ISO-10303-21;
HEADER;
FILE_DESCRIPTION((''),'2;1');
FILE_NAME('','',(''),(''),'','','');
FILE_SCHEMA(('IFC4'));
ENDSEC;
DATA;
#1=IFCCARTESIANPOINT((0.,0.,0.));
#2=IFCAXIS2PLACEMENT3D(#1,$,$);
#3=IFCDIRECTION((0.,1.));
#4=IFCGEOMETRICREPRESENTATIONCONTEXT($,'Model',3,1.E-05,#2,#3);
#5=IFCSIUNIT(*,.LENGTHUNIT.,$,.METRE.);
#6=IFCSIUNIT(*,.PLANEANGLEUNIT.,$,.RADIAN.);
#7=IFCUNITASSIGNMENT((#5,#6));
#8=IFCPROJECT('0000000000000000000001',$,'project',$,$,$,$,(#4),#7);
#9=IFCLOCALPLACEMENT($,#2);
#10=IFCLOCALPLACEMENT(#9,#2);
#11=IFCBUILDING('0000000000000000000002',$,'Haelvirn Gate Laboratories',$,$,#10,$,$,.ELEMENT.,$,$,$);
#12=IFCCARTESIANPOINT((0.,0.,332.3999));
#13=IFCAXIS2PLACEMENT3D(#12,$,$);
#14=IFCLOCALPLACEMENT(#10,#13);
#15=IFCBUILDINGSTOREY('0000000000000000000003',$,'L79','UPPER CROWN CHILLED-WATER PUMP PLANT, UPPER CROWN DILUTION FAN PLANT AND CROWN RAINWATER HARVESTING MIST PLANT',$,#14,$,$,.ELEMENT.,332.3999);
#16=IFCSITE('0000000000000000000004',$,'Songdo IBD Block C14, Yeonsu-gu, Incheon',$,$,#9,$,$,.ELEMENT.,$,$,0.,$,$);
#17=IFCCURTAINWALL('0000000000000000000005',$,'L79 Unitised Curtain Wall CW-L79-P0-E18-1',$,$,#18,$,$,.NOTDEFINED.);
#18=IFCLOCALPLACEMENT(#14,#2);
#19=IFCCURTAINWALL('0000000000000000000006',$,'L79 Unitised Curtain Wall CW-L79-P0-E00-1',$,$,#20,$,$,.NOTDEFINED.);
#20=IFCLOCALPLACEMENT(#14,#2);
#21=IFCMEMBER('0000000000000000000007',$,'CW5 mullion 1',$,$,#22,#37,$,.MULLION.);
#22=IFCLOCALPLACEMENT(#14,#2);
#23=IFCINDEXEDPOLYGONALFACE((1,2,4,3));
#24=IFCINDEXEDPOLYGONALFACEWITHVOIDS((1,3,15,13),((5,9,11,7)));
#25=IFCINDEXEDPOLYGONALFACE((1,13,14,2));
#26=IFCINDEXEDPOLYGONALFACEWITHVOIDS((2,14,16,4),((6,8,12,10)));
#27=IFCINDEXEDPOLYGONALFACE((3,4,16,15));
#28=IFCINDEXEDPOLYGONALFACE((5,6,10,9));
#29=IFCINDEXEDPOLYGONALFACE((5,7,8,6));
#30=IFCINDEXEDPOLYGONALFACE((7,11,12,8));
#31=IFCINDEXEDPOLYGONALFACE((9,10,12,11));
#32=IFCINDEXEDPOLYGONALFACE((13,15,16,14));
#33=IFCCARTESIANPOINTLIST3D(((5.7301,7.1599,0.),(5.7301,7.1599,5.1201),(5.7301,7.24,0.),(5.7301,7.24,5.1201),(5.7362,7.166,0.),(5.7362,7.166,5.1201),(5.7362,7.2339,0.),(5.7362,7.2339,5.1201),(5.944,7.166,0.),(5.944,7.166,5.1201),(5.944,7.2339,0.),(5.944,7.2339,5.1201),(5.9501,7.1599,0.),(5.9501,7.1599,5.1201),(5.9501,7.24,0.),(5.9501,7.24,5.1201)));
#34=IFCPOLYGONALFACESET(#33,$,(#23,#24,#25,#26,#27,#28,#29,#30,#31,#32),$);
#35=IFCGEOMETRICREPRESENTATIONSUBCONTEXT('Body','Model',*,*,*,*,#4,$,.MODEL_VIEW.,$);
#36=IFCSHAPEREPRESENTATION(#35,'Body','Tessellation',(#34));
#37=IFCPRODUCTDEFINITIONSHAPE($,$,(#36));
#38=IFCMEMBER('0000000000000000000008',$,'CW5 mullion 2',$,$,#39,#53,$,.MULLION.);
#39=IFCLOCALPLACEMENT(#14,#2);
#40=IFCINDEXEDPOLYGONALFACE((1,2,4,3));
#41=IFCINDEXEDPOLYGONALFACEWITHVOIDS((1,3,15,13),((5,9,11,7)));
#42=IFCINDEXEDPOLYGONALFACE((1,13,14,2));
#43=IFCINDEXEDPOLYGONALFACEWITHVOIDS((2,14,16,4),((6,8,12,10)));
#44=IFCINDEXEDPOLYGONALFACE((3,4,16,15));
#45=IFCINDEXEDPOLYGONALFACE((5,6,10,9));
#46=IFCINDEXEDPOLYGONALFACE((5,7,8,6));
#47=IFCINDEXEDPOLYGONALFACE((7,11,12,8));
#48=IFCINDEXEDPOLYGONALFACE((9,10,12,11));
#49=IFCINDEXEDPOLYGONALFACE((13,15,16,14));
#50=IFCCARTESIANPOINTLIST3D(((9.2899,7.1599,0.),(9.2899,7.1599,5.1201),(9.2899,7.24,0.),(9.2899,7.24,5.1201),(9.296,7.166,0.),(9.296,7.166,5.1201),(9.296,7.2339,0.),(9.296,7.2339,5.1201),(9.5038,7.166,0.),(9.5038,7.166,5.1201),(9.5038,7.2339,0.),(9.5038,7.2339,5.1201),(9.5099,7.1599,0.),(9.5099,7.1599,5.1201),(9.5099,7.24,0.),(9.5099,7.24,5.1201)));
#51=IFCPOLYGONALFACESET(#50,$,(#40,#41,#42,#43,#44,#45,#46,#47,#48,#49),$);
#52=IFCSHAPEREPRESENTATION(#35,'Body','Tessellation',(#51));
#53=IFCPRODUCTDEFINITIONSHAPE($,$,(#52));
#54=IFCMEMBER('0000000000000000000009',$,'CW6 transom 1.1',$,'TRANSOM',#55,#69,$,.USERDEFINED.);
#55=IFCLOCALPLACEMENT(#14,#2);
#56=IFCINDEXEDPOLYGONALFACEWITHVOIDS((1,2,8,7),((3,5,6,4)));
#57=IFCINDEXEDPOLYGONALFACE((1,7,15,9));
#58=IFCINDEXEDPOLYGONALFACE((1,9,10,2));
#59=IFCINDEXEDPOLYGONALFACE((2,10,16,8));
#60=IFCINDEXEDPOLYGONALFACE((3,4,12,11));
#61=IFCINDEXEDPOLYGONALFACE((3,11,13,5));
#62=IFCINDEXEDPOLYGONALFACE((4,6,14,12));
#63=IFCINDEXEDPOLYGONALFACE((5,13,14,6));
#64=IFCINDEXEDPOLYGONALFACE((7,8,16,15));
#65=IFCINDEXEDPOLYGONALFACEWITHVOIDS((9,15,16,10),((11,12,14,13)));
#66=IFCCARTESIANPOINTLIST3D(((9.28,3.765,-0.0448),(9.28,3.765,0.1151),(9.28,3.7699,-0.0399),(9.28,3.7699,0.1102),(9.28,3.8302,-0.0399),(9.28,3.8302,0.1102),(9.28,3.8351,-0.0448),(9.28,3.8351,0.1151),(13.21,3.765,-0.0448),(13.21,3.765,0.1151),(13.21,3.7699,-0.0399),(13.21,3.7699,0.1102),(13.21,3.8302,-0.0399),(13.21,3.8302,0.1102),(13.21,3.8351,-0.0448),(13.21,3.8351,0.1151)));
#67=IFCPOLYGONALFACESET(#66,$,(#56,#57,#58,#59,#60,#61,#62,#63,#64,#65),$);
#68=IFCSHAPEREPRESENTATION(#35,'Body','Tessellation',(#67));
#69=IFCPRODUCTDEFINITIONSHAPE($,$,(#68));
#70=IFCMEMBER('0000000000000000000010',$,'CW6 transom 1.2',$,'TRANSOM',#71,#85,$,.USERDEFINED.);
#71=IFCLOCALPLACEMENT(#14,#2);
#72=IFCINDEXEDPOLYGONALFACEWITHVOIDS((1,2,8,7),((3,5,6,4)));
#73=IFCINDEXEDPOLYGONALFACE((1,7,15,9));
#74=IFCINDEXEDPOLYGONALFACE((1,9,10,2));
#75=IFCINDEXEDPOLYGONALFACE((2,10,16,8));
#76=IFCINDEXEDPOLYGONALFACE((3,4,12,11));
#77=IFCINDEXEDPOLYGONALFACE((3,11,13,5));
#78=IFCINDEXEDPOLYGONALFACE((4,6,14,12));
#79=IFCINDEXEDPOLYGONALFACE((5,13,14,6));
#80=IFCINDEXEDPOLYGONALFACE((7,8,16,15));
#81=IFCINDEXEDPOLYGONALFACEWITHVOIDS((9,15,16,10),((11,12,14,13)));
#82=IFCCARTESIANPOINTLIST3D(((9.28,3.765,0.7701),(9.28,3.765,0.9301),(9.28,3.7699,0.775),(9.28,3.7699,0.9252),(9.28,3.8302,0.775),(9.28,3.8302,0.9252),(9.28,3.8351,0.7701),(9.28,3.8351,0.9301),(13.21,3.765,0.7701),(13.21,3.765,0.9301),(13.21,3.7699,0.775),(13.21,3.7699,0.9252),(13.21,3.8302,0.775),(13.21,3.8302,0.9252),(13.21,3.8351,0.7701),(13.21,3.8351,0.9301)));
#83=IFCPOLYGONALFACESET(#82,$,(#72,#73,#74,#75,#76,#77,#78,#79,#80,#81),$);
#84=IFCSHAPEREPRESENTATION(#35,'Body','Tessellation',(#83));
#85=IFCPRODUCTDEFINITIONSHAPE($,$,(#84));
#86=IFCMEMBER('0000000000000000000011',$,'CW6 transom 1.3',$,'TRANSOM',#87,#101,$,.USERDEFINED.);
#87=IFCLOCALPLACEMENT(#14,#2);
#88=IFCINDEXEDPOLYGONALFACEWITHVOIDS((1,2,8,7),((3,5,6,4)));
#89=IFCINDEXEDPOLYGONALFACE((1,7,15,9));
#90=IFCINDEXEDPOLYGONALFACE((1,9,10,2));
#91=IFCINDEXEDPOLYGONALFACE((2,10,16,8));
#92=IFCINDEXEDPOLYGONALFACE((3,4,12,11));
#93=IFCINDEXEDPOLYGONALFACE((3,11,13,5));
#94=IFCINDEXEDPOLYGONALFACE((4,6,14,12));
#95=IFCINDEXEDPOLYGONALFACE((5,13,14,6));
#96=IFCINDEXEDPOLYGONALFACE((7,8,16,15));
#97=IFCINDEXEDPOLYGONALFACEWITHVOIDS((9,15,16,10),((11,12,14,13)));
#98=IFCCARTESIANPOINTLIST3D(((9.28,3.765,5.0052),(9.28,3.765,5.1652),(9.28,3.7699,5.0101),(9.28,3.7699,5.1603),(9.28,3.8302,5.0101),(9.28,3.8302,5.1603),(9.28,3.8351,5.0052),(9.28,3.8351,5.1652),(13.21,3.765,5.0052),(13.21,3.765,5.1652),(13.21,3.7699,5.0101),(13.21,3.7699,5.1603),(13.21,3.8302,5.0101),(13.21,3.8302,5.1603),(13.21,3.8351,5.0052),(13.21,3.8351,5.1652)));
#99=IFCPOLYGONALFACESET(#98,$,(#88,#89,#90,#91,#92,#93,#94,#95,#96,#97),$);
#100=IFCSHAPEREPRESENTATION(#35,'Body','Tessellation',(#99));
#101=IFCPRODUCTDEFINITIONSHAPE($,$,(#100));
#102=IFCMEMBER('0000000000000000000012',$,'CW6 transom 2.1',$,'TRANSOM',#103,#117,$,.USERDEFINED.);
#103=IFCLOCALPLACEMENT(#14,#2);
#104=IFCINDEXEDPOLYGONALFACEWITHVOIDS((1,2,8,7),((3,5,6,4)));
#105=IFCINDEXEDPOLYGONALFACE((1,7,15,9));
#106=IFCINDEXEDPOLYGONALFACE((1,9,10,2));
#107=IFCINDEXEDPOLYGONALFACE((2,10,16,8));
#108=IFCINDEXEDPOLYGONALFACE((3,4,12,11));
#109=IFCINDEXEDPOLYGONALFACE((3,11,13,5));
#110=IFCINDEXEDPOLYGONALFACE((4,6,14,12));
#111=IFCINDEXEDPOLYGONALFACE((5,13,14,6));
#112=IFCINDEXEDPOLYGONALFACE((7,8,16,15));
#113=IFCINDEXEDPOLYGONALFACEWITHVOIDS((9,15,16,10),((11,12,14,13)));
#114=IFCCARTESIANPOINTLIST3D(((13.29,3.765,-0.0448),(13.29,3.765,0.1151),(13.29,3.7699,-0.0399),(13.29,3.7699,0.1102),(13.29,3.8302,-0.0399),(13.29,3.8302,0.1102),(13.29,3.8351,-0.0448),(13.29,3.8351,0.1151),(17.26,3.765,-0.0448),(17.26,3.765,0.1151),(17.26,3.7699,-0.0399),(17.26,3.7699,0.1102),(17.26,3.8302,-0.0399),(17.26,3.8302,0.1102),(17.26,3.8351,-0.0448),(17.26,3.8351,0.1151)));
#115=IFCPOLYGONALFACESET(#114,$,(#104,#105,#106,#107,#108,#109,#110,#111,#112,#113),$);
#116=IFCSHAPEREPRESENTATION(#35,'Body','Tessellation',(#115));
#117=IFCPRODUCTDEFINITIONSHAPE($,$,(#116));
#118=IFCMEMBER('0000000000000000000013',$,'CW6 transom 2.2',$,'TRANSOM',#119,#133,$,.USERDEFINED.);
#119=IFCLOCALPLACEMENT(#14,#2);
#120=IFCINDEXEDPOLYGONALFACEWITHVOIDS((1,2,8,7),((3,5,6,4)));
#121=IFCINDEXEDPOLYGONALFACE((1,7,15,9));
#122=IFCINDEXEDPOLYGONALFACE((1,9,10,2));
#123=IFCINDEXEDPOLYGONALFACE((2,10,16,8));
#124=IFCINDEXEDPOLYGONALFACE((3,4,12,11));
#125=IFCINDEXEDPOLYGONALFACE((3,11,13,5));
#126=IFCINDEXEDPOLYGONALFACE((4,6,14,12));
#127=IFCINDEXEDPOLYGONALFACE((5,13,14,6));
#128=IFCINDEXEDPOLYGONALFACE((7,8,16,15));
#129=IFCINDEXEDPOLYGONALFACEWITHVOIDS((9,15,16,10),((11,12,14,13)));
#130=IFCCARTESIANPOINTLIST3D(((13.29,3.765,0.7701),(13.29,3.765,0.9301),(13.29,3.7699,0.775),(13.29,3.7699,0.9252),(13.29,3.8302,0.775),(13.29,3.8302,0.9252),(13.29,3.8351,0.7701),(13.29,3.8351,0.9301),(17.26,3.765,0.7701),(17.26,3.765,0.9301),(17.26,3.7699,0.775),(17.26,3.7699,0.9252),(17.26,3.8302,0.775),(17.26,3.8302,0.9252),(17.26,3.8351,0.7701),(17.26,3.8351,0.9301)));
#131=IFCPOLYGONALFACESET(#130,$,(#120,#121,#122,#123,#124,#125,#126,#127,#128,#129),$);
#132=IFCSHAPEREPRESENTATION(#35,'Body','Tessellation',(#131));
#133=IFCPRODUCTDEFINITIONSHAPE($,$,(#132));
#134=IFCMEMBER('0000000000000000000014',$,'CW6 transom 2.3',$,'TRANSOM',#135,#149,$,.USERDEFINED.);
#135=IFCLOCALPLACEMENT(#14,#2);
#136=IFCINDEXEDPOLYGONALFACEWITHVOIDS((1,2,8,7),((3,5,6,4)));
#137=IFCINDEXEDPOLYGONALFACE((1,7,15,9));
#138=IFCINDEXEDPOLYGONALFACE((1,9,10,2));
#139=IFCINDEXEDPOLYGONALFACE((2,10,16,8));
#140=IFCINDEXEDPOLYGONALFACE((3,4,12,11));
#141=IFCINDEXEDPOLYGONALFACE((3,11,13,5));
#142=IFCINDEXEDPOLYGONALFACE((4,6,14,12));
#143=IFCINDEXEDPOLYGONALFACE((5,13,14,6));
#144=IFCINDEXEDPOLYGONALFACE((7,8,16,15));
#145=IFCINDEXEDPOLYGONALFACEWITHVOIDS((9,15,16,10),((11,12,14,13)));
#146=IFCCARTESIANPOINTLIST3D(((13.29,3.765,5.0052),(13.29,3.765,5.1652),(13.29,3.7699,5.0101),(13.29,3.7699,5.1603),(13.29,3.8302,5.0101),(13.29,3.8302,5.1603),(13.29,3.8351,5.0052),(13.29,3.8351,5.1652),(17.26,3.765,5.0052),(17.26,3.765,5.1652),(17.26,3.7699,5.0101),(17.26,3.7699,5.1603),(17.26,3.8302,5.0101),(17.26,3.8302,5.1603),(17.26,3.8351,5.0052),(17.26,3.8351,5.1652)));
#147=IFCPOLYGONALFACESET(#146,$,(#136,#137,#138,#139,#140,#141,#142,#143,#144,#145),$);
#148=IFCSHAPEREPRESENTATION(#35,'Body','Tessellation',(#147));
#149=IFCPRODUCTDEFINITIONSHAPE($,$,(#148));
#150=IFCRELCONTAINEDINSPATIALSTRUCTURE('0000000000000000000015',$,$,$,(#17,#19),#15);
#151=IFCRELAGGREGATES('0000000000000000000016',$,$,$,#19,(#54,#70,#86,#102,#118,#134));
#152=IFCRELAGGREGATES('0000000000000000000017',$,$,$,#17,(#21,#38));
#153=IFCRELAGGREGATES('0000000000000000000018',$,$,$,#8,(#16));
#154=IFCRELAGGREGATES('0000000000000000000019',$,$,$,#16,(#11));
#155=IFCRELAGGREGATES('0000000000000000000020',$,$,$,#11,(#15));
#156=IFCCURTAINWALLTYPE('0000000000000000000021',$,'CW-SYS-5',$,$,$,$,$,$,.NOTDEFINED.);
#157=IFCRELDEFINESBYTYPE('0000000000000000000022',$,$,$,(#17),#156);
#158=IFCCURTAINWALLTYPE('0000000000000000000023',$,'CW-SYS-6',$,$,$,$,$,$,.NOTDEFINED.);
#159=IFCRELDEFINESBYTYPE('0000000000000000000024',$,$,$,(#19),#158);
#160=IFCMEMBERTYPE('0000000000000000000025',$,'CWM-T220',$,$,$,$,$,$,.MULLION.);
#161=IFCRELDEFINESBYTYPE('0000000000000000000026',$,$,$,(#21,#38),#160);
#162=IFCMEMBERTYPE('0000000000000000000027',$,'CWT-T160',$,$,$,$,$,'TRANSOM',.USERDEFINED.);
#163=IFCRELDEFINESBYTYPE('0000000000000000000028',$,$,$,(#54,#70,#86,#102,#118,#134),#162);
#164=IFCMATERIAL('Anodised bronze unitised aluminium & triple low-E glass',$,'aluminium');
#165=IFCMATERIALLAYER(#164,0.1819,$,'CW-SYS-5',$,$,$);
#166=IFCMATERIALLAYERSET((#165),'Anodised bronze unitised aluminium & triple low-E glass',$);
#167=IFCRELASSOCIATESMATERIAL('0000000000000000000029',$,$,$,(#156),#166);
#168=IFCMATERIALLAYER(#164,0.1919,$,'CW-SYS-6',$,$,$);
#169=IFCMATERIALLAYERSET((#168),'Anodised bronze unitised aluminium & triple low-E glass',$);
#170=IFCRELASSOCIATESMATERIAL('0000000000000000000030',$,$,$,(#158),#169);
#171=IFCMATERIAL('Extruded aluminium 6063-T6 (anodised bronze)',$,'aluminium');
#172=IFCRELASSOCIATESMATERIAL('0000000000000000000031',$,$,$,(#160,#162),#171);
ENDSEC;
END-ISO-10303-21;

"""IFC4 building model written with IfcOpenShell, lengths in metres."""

from ifc_helpers import new_model, si_unit, direction, frame, origin, origin_2d, place, context, subcontext, project, spatial, hollow_rectangle, extrude, source, transform, mapped, material, layer, layer_set, material_profile, profile_set, type_object, type_shapes, element, aggregate, save


model = new_model("IFC4")

# Units and contexts
model_context = context("Model", 3, precision=1e-05, world=origin(), true_north=direction((0.0, 1.0)))
body_context = subcontext(model_context, "Body", "Model", "MODEL_VIEW")
ifc_project = project(units=[si_unit("LENGTHUNIT", "METRE"), si_unit("PLANEANGLEUNIT", "RADIAN")], contexts=[model_context])

# Site, building, storey
site_placement = place(None, origin())
site = spatial("IfcSite", under=ifc_project, at=site_placement, Name="Songdo IBD Block C14, Yeonsu-gu, Incheon", CompositionType="ELEMENT", RefElevation=0.0)
building_placement = place(site_placement, origin())
building = spatial("IfcBuilding", under=site, at=building_placement, Name="Haelvirn Gate Laboratories", CompositionType="ELEMENT")
storey_placement = place(building_placement, frame((0.0, 0.0, 332.3999)))
storey = spatial("IfcBuildingStorey", under=building, at=storey_placement, Name="L79", Description="UPPER CROWN CHILLED-WATER PUMP PLANT, UPPER CROWN DILUTION FAN PLANT AND CROWN RAINWATER HARVESTING MIST PLANT", CompositionType="ELEMENT", Elevation=332.3999)

# Curtain walls
ifc_material_1 = material(Name="Anodised bronze unitised aluminium & triple low-E glass", Category="aluminium")
ifc_layer_1 = layer(ifc_material_1, 0.1819, Name="CW-SYS-5")
ifc_layer_set_1 = layer_set([ifc_layer_1], Name="Anodised bronze unitised aluminium & triple low-E glass")
curtain_wall_type_1 = type_object("IfcCurtainWallType", Name="CW-SYS-5", PredefinedType="NOTDEFINED", material=ifc_layer_set_1)
curtain_wall_1_placement = place(storey_placement, origin())
curtain_wall_1 = element("IfcCurtainWall", 1, at=curtain_wall_1_placement, inside=storey, type_object=curtain_wall_type_1, Name="L79 Unitised Curtain Wall CW-L79-P0-E18-1", PredefinedType="NOTDEFINED")
ifc_material_2 = material(Name="Extruded aluminium 6063-T6 (anodised bronze)", Category="aluminium")
ifc_layer_2 = layer(ifc_material_1, 0.1919, Name="CW-SYS-6")
ifc_layer_set_2 = layer_set([ifc_layer_2], Name="Anodised bronze unitised aluminium & triple low-E glass")
curtain_wall_type_2 = type_object("IfcCurtainWallType", Name="CW-SYS-6", PredefinedType="NOTDEFINED", material=ifc_layer_set_2)
curtain_wall_2_placement = place(storey_placement, origin())
curtain_wall_2 = element("IfcCurtainWall", 2, at=curtain_wall_2_placement, inside=storey, type_object=curtain_wall_type_2, Name="L79 Unitised Curtain Wall CW-L79-P0-E00-1", PredefinedType="NOTDEFINED")
ifc_material_profile_1 = material_profile(ifc_material_2, hollow_rectangle(XDim=0.0801, YDim=0.22, WallThickness=0.0061, at=origin_2d()), Name="CWM-220x80x6")
ifc_profile_set_1 = profile_set([ifc_material_profile_1], Name="Extruded aluminium 6063-T6 (anodised bronze)")
member_type_1 = type_object("IfcMemberType", Name="CWM-T220", PredefinedType="MULLION", material=ifc_profile_set_1)
shared_shape_1 = source(origin(), body_context, "Body", "SweptSolid", [
    extrude(hollow_rectangle(XDim=0.0801, YDim=0.22, WallThickness=0.0061, at=origin_2d()), origin(), (0.0, 0.0, 1.0), 5.1201),
])
type_shapes(member_type_1, [shared_shape_1])

# Members
member_1_placement = place(storey_placement, frame((5.8401, 7.2, 0.0), z_axis=(0.0, 0.0, 1.0), x_axis=(0.0, 1.0, 0.0)))
member_1 = element("IfcMember", 3, at=member_1_placement, type_object=member_type_1, Name="CW5 mullion 1", PredefinedType="MULLION", context=body_context, shape_type="MappedRepresentation", body=[
    mapped(shared_shape_1, transform((0.0, 0.0, 0.0), scale=1.0)),
])
member_2_placement = place(storey_placement, frame((9.3999, 7.2, 0.0), z_axis=(0.0, 0.0, 1.0), x_axis=(0.0, 1.0, 0.0)))
member_2 = element("IfcMember", 4, at=member_2_placement, type_object=member_type_1, Name="CW5 mullion 2", PredefinedType="MULLION", context=body_context, shape_type="MappedRepresentation", body=[
    mapped(shared_shape_1, transform((0.0, 0.0, 0.0), scale=1.0)),
])
ifc_material_profile_2 = material_profile(ifc_material_2, hollow_rectangle(XDim=0.0701, YDim=0.1599, WallThickness=0.0049, at=origin_2d()), Name="CWT-160x70x5")
ifc_profile_set_2 = profile_set([ifc_material_profile_2], Name="Extruded aluminium 6063-T6 (anodised bronze)")
member_type_2 = type_object("IfcMemberType", Name="CWT-T160", ElementType="TRANSOM", PredefinedType="USERDEFINED", material=ifc_profile_set_2)
shared_shape_2 = source(origin(), body_context, "Body", "SweptSolid", [
    extrude(hollow_rectangle(XDim=0.0701, YDim=0.1599, WallThickness=0.0049, at=origin_2d()), origin(), (0.0, 0.0, 1.0), 3.9299),
])
member_3_placement = place(storey_placement, frame((9.28, 3.8, 0.0352), z_axis=(1.0, 0.0, 0.0), x_axis=(0.0, 1.0, 0.0)))
member_3 = element("IfcMember", 5, at=member_3_placement, type_object=member_type_2, Name="CW6 transom 1.1", ObjectType="TRANSOM", PredefinedType="USERDEFINED", context=body_context, shape_type="MappedRepresentation", body=[
    mapped(shared_shape_2, transform((0.0, 0.0, 0.0), scale=1.0)),
])
member_4_placement = place(storey_placement, frame((9.28, 3.8, 0.8501), z_axis=(1.0, 0.0, 0.0), x_axis=(0.0, 1.0, 0.0)))
member_4 = element("IfcMember", 6, at=member_4_placement, type_object=member_type_2, Name="CW6 transom 1.2", ObjectType="TRANSOM", PredefinedType="USERDEFINED", context=body_context, shape_type="MappedRepresentation", body=[
    mapped(shared_shape_2, transform((0.0, 0.0, 0.0), scale=1.0)),
])
member_5_placement = place(storey_placement, frame((9.28, 3.8, 5.0852), z_axis=(1.0, 0.0, 0.0), x_axis=(0.0, 1.0, 0.0)))
member_5 = element("IfcMember", 7, at=member_5_placement, type_object=member_type_2, Name="CW6 transom 1.3", ObjectType="TRANSOM", PredefinedType="USERDEFINED", context=body_context, shape_type="MappedRepresentation", body=[
    mapped(shared_shape_2, transform((0.0, 0.0, 0.0), scale=1.0)),
])
shared_shape_3 = source(origin(), body_context, "Body", "SweptSolid", [
    extrude(hollow_rectangle(XDim=0.0701, YDim=0.1599, WallThickness=0.0049, at=origin_2d()), origin(), (0.0, 0.0, 1.0), 3.97),
])
type_shapes(member_type_2, [shared_shape_2, shared_shape_3])
member_6_placement = place(storey_placement, frame((13.29, 3.8, 0.0352), z_axis=(1.0, 0.0, 0.0), x_axis=(0.0, 1.0, 0.0)))
member_6 = element("IfcMember", 8, at=member_6_placement, type_object=member_type_2, Name="CW6 transom 2.1", ObjectType="TRANSOM", PredefinedType="USERDEFINED", context=body_context, shape_type="MappedRepresentation", body=[
    mapped(shared_shape_3, transform((0.0, 0.0, 0.0), scale=1.0)),
])
member_7_placement = place(storey_placement, frame((13.29, 3.8, 0.8501), z_axis=(1.0, 0.0, 0.0), x_axis=(0.0, 1.0, 0.0)))
member_7 = element("IfcMember", 9, at=member_7_placement, type_object=member_type_2, Name="CW6 transom 2.2", ObjectType="TRANSOM", PredefinedType="USERDEFINED", context=body_context, shape_type="MappedRepresentation", body=[
    mapped(shared_shape_3, transform((0.0, 0.0, 0.0), scale=1.0)),
])
member_8_placement = place(storey_placement, frame((13.29, 3.8, 5.0852), z_axis=(1.0, 0.0, 0.0), x_axis=(0.0, 1.0, 0.0)))
member_8 = element("IfcMember", 10, at=member_8_placement, type_object=member_type_2, Name="CW6 transom 2.3", ObjectType="TRANSOM", PredefinedType="USERDEFINED", context=body_context, shape_type="MappedRepresentation", body=[
    mapped(shared_shape_3, transform((0.0, 0.0, 0.0), scale=1.0)),
])

aggregate(curtain_wall_2, [member_3, member_4, member_5, member_6, member_7, member_8])
aggregate(curtain_wall_1, [member_1, member_2])

save(model, "model.ifc")
